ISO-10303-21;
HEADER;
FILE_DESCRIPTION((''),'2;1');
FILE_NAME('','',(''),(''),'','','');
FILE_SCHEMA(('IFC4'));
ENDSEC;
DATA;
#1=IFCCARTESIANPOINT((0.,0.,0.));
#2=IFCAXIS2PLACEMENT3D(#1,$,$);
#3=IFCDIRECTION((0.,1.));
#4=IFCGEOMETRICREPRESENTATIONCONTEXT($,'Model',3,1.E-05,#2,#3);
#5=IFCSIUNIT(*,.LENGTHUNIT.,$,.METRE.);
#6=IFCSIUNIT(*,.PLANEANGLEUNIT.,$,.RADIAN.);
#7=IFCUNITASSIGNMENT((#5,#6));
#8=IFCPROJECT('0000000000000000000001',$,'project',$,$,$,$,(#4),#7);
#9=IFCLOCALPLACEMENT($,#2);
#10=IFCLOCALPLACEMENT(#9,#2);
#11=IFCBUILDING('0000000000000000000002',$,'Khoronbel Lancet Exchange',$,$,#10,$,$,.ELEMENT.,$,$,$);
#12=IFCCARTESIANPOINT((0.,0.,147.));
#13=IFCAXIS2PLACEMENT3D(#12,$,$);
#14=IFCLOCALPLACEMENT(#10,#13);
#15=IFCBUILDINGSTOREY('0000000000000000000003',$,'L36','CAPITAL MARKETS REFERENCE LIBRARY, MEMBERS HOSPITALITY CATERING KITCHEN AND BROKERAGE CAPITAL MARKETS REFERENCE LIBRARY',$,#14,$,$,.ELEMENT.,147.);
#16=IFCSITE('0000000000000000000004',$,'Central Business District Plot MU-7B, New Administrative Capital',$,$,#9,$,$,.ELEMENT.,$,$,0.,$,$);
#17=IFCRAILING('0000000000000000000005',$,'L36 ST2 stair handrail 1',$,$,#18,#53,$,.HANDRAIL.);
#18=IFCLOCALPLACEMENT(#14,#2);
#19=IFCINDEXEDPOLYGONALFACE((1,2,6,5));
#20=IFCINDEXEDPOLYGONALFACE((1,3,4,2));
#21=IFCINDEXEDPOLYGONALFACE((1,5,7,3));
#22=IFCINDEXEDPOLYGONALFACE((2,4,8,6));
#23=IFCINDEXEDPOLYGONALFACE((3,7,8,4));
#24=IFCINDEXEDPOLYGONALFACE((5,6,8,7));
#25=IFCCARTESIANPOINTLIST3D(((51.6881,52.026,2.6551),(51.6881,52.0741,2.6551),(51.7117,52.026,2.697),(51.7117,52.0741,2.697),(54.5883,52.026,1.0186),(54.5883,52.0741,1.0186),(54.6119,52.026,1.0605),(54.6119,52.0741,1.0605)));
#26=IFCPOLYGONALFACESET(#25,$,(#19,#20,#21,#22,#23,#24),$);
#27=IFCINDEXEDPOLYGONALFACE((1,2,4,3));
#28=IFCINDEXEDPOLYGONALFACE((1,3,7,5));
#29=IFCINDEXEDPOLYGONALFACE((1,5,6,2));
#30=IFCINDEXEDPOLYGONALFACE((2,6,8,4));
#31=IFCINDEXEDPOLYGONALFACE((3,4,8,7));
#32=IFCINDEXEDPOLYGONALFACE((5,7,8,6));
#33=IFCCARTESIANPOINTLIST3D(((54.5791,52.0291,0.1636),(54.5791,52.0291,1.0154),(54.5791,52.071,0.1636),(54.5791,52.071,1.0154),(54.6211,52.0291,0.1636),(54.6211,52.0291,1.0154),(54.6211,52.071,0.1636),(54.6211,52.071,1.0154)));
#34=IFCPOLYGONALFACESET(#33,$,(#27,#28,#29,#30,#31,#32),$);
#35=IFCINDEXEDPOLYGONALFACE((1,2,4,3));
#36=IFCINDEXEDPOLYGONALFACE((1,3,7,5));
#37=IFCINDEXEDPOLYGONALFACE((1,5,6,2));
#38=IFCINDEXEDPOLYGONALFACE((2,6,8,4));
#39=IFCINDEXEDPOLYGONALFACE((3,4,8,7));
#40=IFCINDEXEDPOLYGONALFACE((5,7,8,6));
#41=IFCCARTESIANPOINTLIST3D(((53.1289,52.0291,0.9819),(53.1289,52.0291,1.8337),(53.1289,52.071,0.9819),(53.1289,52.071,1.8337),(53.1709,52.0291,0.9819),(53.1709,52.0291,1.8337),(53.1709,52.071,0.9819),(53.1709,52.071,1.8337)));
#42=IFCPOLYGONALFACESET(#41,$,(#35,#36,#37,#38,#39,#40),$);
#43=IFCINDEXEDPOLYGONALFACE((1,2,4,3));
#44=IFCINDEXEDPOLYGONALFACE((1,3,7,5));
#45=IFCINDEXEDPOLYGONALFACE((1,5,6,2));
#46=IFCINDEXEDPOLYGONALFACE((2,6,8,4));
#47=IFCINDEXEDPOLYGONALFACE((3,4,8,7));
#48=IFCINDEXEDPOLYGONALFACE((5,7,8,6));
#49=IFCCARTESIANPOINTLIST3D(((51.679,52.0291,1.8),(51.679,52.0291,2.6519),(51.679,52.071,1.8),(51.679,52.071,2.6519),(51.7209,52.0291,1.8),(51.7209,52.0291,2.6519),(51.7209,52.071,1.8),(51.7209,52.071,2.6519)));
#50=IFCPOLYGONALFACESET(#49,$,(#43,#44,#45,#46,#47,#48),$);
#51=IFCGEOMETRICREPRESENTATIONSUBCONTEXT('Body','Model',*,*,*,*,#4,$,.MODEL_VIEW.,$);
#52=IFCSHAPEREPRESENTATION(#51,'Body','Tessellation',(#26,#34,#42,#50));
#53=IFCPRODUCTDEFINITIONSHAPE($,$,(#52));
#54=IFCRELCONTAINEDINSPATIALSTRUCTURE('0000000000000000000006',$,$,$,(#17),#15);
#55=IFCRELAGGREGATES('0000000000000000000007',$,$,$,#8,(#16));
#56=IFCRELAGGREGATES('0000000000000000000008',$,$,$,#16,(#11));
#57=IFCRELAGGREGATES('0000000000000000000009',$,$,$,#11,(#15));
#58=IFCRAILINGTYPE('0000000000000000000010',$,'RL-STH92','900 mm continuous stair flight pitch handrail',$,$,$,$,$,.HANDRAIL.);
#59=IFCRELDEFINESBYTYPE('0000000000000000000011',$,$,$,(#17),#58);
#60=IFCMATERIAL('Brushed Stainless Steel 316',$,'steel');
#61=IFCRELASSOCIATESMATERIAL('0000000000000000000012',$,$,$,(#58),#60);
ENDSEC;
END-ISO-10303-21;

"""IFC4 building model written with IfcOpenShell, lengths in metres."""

from ifc_helpers import new_model, si_unit, direction, frame, origin, origin_2d, place, context, subcontext, project, spatial, rectangle, extrude, material, type_object, element, save


model = new_model("IFC4")

# Units and contexts
model_context = context("Model", 3, precision=1e-05, world=origin(), true_north=direction((0.0, 1.0)))
body_context = subcontext(model_context, "Body", "Model", "MODEL_VIEW")
ifc_project = project(units=[si_unit("LENGTHUNIT", "METRE"), si_unit("PLANEANGLEUNIT", "RADIAN")], contexts=[model_context])

# Site, building, storey
site_placement = place(None, origin())
site = spatial("IfcSite", under=ifc_project, at=site_placement, Name="Central Business District Plot MU-7B, New Administrative Capital", CompositionType="ELEMENT", RefElevation=0.0)
building_placement = place(site_placement, origin())
building = spatial("IfcBuilding", under=site, at=building_placement, Name="Khoronbel Lancet Exchange", CompositionType="ELEMENT")
storey_placement = place(building_placement, frame((0.0, 0.0, 147.0)))
storey = spatial("IfcBuildingStorey", under=building, at=storey_placement, Name="L36", Description="CAPITAL MARKETS REFERENCE LIBRARY, MEMBERS HOSPITALITY CATERING KITCHEN AND BROKERAGE CAPITAL MARKETS REFERENCE LIBRARY", CompositionType="ELEMENT", Elevation=147.0)

# Railing
ifc_material_1 = material(Name="Brushed Stainless Steel 316", Category="steel")
railing_type_1 = type_object("IfcRailingType", Name="RL-STH92", Description="900 mm continuous stair flight pitch handrail", PredefinedType="HANDRAIL", material=ifc_material_1)
railing_1_placement = place(storey_placement, frame((54.6001, 52.05, 0.1636)))
element("IfcRailing", 1, at=railing_1_placement, inside=storey, type_object=railing_type_1, Name="L36 ST2 stair handrail 1", PredefinedType="HANDRAIL", context=body_context, shape_type="SweptSolid", body=[
    extrude(rectangle(XDim=0.0481, YDim=0.0481, at=origin_2d()), frame((0.0, 0.0, 0.876), z_axis=(-0.870915, 0.0, 0.491434), x_axis=(0.0, -1.0, 0.0)), (0.0, 0.0, 1.0), 3.3301),
    extrude(rectangle(XDim=0.042, YDim=0.042, at=origin_2d()), origin(), (0.0, 0.0, 1.0), 0.8518),
    extrude(rectangle(XDim=0.042, YDim=0.042, at=origin_2d()), frame((-1.4502, 0.0, 0.8184)), (0.0, 0.0, 1.0), 0.8518),
    extrude(rectangle(XDim=0.042, YDim=0.042, at=origin_2d()), frame((-2.9001, 0.0, 1.6365)), (0.0, 0.0, 1.0), 0.8518),
])

save(model, "model.ifc")
